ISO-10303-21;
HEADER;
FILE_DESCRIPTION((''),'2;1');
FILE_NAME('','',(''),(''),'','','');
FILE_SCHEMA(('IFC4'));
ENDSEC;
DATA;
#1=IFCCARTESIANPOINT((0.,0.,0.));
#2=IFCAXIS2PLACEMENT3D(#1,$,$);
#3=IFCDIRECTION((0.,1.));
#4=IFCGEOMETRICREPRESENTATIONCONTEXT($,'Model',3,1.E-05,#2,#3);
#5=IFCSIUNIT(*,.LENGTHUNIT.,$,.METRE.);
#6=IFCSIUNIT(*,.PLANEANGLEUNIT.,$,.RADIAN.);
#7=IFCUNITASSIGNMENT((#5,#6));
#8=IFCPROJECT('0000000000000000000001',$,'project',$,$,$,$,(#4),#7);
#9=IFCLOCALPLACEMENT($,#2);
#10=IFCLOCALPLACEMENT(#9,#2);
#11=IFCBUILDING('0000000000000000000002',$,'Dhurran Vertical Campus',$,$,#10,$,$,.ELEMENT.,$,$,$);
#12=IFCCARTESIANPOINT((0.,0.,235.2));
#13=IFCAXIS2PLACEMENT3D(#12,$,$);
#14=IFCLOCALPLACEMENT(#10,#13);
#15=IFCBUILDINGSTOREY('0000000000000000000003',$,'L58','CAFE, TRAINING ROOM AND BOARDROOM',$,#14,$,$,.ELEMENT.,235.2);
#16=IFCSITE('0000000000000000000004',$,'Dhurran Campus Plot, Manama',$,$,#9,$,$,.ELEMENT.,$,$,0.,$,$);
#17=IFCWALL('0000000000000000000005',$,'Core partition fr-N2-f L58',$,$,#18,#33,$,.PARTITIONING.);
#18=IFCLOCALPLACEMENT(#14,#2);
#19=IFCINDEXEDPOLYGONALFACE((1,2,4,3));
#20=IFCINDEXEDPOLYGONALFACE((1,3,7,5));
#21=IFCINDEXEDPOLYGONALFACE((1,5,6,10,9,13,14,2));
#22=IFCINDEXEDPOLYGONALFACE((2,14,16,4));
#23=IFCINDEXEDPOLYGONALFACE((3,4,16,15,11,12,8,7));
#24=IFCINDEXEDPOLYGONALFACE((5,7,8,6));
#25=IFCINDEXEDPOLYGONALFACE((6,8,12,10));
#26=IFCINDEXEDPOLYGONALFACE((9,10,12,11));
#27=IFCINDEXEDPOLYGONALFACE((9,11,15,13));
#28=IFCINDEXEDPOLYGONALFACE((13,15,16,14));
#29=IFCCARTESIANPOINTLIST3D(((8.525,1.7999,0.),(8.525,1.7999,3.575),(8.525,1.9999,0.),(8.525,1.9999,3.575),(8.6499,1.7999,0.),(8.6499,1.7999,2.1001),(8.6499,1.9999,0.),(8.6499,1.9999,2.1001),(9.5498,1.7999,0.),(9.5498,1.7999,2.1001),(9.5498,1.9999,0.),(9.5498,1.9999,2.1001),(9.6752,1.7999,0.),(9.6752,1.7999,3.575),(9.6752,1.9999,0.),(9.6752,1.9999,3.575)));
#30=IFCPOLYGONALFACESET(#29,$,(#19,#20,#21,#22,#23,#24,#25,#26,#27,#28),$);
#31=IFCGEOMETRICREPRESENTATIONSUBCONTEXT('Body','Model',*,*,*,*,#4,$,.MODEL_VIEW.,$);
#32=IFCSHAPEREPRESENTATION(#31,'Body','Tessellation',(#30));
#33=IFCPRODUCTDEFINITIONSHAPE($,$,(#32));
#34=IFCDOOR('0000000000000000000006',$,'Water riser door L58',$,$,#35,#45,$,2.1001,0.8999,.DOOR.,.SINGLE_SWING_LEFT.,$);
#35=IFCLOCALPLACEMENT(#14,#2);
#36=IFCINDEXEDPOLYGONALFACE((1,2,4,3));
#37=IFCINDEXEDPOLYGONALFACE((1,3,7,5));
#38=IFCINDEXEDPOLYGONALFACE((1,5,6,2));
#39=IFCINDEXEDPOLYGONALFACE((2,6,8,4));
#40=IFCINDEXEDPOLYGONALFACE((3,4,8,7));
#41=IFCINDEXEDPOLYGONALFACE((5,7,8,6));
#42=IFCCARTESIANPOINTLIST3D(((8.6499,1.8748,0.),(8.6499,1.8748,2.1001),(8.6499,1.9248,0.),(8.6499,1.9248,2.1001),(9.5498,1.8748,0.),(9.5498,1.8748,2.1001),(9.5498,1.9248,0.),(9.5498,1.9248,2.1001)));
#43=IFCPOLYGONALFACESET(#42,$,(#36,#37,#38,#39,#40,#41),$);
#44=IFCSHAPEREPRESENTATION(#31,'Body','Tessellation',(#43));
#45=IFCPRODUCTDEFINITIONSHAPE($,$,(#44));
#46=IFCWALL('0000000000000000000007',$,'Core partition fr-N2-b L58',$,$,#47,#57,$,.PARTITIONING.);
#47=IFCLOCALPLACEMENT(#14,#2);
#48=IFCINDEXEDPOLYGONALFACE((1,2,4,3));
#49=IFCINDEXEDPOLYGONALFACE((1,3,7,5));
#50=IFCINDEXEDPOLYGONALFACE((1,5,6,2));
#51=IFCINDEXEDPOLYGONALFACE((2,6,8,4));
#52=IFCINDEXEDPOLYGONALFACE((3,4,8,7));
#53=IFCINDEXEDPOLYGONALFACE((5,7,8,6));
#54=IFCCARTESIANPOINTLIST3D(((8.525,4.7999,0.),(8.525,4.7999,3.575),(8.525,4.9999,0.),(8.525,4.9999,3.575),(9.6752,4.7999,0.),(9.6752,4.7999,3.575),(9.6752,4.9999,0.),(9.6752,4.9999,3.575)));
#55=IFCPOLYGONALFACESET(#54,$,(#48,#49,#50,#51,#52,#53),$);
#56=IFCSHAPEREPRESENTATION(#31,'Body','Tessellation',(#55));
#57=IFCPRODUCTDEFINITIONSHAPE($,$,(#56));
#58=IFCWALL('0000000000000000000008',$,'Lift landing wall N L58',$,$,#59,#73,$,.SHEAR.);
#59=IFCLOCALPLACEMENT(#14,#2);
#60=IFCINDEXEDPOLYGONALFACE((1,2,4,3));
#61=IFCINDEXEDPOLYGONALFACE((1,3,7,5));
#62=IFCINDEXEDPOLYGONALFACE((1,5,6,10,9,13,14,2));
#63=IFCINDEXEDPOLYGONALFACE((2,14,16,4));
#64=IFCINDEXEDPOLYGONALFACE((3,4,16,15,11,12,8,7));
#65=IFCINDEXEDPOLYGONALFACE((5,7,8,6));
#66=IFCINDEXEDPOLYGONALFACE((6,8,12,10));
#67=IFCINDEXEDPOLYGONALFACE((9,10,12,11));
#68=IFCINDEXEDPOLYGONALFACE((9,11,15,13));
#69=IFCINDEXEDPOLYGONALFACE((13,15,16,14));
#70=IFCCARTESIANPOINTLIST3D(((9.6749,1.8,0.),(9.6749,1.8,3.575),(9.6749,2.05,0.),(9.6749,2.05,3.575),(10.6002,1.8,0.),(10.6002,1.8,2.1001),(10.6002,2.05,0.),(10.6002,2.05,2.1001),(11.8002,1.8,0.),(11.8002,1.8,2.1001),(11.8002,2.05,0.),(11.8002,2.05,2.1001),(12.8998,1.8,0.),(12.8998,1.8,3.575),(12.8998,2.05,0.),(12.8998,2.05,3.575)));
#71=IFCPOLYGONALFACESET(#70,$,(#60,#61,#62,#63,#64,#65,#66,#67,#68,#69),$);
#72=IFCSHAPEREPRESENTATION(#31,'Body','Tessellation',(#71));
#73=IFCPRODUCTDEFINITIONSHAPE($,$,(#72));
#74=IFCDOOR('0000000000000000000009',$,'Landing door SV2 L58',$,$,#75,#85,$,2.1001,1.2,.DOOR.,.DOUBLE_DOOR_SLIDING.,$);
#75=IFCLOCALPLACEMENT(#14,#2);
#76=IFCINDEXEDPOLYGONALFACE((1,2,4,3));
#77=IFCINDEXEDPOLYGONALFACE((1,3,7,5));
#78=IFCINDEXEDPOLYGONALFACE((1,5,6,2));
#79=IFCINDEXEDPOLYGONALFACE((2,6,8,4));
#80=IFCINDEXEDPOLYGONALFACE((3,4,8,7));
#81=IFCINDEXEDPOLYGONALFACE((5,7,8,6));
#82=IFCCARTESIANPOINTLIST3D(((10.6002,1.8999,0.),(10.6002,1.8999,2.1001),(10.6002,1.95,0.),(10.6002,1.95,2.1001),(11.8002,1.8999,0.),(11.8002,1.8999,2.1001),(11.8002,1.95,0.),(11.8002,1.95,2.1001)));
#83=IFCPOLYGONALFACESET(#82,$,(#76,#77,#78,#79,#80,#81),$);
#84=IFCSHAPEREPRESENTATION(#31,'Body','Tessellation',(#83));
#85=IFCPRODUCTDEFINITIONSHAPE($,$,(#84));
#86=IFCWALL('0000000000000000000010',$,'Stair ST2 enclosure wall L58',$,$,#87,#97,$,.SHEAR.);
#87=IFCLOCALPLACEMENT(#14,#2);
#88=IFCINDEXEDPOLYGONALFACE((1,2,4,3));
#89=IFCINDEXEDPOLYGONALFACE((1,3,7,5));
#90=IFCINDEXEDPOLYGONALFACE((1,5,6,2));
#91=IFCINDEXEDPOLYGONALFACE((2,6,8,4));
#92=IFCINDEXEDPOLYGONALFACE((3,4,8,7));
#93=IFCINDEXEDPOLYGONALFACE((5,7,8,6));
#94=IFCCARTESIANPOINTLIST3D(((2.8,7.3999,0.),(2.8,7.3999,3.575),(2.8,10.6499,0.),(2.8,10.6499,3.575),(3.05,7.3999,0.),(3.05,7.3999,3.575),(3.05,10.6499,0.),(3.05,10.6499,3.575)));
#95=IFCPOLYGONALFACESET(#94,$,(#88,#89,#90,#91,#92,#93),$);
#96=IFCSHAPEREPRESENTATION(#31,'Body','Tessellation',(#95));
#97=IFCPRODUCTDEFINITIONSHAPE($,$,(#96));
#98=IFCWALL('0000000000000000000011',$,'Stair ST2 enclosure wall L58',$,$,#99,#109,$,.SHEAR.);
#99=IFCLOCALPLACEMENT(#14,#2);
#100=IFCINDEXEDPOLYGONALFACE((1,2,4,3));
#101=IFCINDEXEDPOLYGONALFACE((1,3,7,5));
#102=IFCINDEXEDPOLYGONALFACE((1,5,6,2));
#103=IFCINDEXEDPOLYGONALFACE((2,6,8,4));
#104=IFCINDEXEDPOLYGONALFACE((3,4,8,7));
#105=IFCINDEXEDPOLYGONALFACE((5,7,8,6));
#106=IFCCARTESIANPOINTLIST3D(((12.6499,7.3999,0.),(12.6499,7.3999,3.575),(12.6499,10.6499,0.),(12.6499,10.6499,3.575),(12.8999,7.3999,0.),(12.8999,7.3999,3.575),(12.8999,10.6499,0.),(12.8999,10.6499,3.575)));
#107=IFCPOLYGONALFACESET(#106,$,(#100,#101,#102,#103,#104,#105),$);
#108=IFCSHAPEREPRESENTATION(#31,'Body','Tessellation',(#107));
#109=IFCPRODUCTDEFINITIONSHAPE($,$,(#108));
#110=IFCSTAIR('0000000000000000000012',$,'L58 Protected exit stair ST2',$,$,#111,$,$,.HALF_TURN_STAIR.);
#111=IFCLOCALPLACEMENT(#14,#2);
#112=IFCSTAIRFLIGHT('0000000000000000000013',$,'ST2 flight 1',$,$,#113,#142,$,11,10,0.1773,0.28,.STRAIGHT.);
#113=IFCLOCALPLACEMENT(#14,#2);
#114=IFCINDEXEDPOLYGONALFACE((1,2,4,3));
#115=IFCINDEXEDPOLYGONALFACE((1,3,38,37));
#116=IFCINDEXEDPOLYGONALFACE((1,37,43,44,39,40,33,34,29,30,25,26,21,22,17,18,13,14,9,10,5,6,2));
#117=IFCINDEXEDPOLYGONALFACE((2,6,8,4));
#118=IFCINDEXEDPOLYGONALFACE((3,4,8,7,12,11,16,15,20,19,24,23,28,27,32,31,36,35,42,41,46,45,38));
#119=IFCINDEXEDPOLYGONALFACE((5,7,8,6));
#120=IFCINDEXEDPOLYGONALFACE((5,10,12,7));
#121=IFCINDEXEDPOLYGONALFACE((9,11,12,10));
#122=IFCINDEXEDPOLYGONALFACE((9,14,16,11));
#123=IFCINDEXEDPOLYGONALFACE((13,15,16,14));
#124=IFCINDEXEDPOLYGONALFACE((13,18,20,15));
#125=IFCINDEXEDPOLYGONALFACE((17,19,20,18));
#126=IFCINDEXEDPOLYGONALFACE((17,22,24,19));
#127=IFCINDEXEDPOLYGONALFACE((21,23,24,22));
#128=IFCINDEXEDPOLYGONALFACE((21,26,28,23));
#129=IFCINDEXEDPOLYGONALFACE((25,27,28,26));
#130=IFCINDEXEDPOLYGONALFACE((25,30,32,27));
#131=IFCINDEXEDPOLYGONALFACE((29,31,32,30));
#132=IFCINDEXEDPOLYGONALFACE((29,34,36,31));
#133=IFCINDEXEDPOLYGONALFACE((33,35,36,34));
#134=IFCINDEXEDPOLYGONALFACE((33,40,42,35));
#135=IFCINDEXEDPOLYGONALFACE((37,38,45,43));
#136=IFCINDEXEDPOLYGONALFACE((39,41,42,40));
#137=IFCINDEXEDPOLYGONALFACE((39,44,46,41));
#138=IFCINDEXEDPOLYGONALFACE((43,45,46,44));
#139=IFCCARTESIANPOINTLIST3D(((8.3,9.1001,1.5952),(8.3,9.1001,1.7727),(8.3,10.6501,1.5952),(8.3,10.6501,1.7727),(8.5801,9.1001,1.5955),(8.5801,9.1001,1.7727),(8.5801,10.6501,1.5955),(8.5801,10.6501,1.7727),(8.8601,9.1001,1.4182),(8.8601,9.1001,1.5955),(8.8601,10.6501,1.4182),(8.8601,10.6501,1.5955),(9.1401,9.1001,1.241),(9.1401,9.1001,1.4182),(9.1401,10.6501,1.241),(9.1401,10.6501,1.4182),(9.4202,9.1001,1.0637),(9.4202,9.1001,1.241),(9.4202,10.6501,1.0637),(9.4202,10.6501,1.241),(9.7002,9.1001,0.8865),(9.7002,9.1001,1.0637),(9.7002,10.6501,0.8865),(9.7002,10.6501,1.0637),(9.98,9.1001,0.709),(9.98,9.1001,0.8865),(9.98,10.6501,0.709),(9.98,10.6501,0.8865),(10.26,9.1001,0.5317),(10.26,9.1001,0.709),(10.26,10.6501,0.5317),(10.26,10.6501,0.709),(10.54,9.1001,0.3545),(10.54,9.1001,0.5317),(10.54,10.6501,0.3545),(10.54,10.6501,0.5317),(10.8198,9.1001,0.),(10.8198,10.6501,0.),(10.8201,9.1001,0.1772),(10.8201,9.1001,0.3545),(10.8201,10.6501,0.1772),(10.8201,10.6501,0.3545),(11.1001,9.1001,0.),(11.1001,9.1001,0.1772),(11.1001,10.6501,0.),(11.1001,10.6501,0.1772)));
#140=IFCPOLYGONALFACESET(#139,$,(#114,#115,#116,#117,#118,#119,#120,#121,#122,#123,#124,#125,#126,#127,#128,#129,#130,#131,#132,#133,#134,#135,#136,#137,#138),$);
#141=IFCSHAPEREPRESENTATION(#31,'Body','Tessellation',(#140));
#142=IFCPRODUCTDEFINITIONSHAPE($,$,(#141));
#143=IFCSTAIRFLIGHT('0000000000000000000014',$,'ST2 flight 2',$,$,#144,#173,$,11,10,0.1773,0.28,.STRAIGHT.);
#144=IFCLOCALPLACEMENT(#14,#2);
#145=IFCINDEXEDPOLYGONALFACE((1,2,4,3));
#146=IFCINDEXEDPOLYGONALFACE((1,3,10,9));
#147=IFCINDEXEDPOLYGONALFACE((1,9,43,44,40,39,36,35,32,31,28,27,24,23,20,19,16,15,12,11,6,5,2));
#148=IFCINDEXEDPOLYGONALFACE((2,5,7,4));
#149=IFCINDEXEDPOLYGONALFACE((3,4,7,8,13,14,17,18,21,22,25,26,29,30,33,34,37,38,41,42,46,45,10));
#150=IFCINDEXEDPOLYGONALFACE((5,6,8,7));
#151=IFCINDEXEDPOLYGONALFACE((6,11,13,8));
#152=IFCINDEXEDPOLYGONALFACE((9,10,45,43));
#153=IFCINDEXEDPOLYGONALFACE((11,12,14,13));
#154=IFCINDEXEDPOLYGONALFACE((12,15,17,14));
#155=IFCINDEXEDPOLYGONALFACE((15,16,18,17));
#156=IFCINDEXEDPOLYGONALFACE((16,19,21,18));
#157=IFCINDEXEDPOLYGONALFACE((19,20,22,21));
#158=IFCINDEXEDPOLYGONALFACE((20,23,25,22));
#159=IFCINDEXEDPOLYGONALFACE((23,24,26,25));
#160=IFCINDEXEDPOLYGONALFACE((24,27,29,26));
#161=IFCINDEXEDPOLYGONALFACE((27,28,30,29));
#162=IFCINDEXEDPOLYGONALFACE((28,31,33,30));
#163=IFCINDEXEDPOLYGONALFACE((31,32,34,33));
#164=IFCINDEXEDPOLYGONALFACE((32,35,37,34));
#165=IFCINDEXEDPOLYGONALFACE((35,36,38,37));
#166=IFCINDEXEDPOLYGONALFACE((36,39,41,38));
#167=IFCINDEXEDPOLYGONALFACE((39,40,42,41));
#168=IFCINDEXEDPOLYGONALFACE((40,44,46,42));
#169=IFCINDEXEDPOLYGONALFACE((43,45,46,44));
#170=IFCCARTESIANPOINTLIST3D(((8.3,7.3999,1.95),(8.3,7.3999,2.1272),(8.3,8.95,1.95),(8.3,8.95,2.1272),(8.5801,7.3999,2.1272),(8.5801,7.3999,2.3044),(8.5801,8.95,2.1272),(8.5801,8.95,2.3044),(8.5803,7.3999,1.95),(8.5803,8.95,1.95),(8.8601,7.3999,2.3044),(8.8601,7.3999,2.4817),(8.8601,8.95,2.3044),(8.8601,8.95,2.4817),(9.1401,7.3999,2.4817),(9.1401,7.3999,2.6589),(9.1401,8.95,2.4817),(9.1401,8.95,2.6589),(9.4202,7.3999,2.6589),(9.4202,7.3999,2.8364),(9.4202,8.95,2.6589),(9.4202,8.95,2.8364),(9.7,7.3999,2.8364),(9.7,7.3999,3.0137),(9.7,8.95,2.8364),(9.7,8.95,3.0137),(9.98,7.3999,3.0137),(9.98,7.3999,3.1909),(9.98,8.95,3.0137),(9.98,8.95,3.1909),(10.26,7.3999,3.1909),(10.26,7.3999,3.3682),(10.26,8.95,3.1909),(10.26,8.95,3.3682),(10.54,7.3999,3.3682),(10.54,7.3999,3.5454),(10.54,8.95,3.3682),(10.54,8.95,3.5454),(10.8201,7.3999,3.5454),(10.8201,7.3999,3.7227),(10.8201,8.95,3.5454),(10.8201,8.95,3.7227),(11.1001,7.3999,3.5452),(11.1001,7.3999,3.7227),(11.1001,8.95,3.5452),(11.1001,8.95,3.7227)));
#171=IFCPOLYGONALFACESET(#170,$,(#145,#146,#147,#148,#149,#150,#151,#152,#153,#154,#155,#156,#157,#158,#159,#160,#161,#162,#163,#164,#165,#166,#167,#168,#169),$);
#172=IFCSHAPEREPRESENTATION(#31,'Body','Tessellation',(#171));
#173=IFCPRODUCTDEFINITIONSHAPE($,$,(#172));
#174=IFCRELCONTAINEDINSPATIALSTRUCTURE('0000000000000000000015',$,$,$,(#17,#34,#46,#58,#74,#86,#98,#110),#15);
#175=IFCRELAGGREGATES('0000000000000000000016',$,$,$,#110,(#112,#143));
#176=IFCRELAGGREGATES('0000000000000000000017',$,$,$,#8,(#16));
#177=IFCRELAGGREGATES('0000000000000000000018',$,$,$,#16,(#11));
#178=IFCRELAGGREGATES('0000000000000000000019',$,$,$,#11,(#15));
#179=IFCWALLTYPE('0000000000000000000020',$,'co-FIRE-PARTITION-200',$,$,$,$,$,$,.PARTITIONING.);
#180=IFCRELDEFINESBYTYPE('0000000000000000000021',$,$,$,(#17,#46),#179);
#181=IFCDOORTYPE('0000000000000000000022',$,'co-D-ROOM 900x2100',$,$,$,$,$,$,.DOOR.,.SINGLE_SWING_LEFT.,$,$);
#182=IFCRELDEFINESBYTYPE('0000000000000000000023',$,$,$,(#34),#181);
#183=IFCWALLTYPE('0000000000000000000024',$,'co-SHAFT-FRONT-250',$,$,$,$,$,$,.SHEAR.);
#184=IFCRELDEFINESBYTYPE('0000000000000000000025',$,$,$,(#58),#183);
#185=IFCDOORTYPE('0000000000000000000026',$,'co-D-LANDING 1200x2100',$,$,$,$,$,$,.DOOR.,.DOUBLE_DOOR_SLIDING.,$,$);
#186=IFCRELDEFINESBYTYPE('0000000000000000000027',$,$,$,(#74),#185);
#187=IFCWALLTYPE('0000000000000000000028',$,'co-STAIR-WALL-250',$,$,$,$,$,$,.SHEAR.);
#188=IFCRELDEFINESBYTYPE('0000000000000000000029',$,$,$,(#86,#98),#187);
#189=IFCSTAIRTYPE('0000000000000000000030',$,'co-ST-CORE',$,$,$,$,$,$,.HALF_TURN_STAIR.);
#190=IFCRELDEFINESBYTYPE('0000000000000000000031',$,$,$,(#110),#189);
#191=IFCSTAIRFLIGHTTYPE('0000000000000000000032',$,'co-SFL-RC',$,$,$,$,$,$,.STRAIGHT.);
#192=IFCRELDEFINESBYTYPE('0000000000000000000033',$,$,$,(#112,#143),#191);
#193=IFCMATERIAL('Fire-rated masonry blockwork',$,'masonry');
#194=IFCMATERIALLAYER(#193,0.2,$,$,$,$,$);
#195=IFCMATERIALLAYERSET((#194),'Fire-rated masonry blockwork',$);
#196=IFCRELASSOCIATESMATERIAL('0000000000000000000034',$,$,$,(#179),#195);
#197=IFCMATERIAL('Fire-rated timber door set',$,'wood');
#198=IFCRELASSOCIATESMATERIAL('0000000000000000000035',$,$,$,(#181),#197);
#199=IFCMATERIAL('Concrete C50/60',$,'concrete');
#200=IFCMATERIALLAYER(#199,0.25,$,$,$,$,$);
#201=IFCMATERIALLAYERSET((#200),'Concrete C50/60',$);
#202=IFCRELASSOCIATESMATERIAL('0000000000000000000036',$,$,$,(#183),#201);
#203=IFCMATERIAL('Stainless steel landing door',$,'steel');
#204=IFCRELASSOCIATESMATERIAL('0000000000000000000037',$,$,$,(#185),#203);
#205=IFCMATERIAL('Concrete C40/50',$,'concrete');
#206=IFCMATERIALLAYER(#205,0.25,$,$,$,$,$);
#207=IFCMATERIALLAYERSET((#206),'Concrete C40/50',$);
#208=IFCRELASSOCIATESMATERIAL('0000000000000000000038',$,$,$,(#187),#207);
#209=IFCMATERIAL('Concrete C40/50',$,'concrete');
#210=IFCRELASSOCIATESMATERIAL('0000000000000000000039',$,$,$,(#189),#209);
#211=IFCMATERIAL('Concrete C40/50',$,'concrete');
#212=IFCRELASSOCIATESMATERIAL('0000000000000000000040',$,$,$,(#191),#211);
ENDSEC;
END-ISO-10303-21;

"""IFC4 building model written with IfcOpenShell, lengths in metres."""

from ifc_helpers import new_model, si_unit, direction, frame, frame_2d, origin, place, context, subcontext, project, spatial, polyline, rectangle, outline, extrude, material, layer, layer_set, type_object, element, fill, aggregate, save


model = new_model("IFC4")

# Units and contexts
model_context = context("Model", 3, precision=1e-05, world=origin(), true_north=direction((0.0, 1.0)))
body_context = subcontext(model_context, "Body", "Model", "MODEL_VIEW")
ifc_project = project(units=[si_unit("LENGTHUNIT", "METRE"), si_unit("PLANEANGLEUNIT", "RADIAN")], contexts=[model_context])

# Site, building, storey
site_placement = place(None, origin())
site = spatial("IfcSite", under=ifc_project, at=site_placement, Name="Dhurran Campus Plot, Manama", CompositionType="ELEMENT", RefElevation=0.0)
building_placement = place(site_placement, origin())
building = spatial("IfcBuilding", under=site, at=building_placement, Name="Dhurran Vertical Campus", CompositionType="ELEMENT")
storey_placement = place(building_placement, frame((0.0, 0.0, 235.2)))
storey = spatial("IfcBuildingStorey", under=building, at=storey_placement, Name="L58", Description="CAFE, TRAINING ROOM AND BOARDROOM", CompositionType="ELEMENT", Elevation=235.2)

# Wall, opening, door
ifc_material_1 = material(Name="Fire-rated masonry blockwork", Category="masonry")
ifc_layer_1 = layer(ifc_material_1, 0.2)
ifc_layer_set_1 = layer_set([ifc_layer_1], Name="Fire-rated masonry blockwork")
wall_type_1 = type_object("IfcWallType", Name="co-FIRE-PARTITION-200", PredefinedType="PARTITIONING", material=ifc_layer_set_1)
wall_1_placement = place(storey_placement, frame((8.5249, 1.8999, 0.0), z_axis=(0.0, 0.0, 1.0), x_axis=(1.0, 0.0, 0.0)))
wall_1 = element("IfcWall", 1, at=wall_1_placement, inside=storey, type_object=wall_type_1, Name="Core partition fr-N2-f L58", PredefinedType="PARTITIONING", context=body_context, shape_type="SweptSolid", body=[
    extrude(rectangle(XDim=1.1501, YDim=0.2, at=frame_2d((0.5752, 0.0))), origin(), (0.0, 0.0, 1.0), 3.575),
])
opening_1_placement = place(wall_1_placement, frame((0.125, 0.0, 0.0)))
opening_1 = element("IfcOpeningElement", 2, at=opening_1_placement, cuts=wall_1, PredefinedType="OPENING", context=body_context, shape_type="SweptSolid", body=[
    extrude(rectangle(XDim=0.8999, YDim=2.1001, at=frame_2d((0.45, 1.05))), frame((0.0, 0.1099, 0.0), z_axis=(0.0, -1.0, 0.0), x_axis=(1.0, 0.0, 0.0)), (0.0, 0.0, 1.0), 0.22),
])
ifc_material_2 = material(Name="Fire-rated timber door set", Category="wood")
door_type_1 = type_object("IfcDoorType", Name="co-D-ROOM 900x2100", OperationType="SINGLE_SWING_LEFT", PredefinedType="DOOR", material=ifc_material_2)
door_1_placement = place(opening_1_placement, origin())
door_1 = element("IfcDoor", 3, at=door_1_placement, inside=storey, type_object=door_type_1, Name="Water riser door L58", OperationType="SINGLE_SWING_LEFT", OverallHeight=2.1001, OverallWidth=0.8999, PredefinedType="DOOR", context=body_context, shape_type="SweptSolid", body=[
    extrude(rectangle(XDim=0.8999, YDim=2.1001, at=frame_2d((0.45, 1.05))), frame((0.0, 0.0249, 0.0), z_axis=(0.0, -1.0, 0.0), x_axis=(1.0, 0.0, 0.0)), (0.0, 0.0, 1.0), 0.05),
])
fill(opening_1, door_1)

# Wall
wall_2_placement = place(storey_placement, frame((8.5249, 4.8999, 0.0), z_axis=(0.0, 0.0, 1.0), x_axis=(1.0, 0.0, 0.0)))
element("IfcWall", 4, at=wall_2_placement, inside=storey, type_object=wall_type_1, Name="Core partition fr-N2-b L58", PredefinedType="PARTITIONING", context=body_context, shape_type="SweptSolid", body=[
    extrude(rectangle(XDim=1.1501, YDim=0.2, at=frame_2d((0.5752, 0.0))), origin(), (0.0, 0.0, 1.0), 3.575),
])

# Wall, opening, door
ifc_material_3 = material(Name="Concrete C50/60", Category="concrete")
ifc_layer_2 = layer(ifc_material_3, 0.25)
ifc_layer_set_2 = layer_set([ifc_layer_2], Name="Concrete C50/60")
wall_type_2 = type_object("IfcWallType", Name="co-SHAFT-FRONT-250", PredefinedType="SHEAR", material=ifc_layer_set_2)
wall_3_placement = place(storey_placement, frame((9.675, 1.925, 0.0), z_axis=(0.0, 0.0, 1.0), x_axis=(1.0, 0.0, 0.0)))
wall_3 = element("IfcWall", 5, at=wall_3_placement, inside=storey, type_object=wall_type_2, Name="Lift landing wall N L58", PredefinedType="SHEAR", context=body_context, shape_type="SweptSolid", body=[
    extrude(rectangle(XDim=3.2249, YDim=0.25, at=frame_2d((1.6123, 0.0))), origin(), (0.0, 0.0, 1.0), 3.575),
])
opening_2_placement = place(wall_3_placement, frame((0.925, 0.0, 0.0)))
opening_2 = element("IfcOpeningElement", 6, at=opening_2_placement, cuts=wall_3, PredefinedType="OPENING", context=body_context, shape_type="SweptSolid", body=[
    extrude(rectangle(XDim=1.2, YDim=2.1001, at=frame_2d((0.6001, 1.05))), frame((0.0, 0.135, 0.0), z_axis=(0.0, -1.0, 0.0), x_axis=(1.0, 0.0, 0.0)), (0.0, 0.0, 1.0), 0.27),
])
ifc_material_4 = material(Name="Stainless steel landing door", Category="steel")
door_type_2 = type_object("IfcDoorType", Name="co-D-LANDING 1200x2100", OperationType="DOUBLE_DOOR_SLIDING", PredefinedType="DOOR", material=ifc_material_4)
door_2_placement = place(opening_2_placement, origin())
door_2 = element("IfcDoor", 7, at=door_2_placement, inside=storey, type_object=door_type_2, Name="Landing door SV2 L58", OperationType="DOUBLE_DOOR_SLIDING", OverallHeight=2.1001, OverallWidth=1.2, PredefinedType="DOOR", context=body_context, shape_type="SweptSolid", body=[
    extrude(rectangle(XDim=1.2, YDim=2.1001, at=frame_2d((0.6001, 1.05))), frame((0.0, 0.0249, 0.0), z_axis=(0.0, -1.0, 0.0), x_axis=(1.0, 0.0, 0.0)), (0.0, 0.0, 1.0), 0.05),
])
fill(opening_2, door_2)

# Walls
ifc_material_5 = material(Name="Concrete C40/50", Category="concrete")
ifc_layer_3 = layer(ifc_material_5, 0.25)
ifc_layer_set_3 = layer_set([ifc_layer_3], Name="Concrete C40/50")
wall_type_3 = type_object("IfcWallType", Name="co-STAIR-WALL-250", PredefinedType="SHEAR", material=ifc_layer_set_3)
for number, where, z_axis, x_axis, name in (
    (8, (2.925, 7.3999, 0.0), (0.0, 0.0, 1.0), (0.0, 1.0, 0.0), "Stair ST2 enclosure wall L58"),
    (9, (12.7749, 7.3999, 0.0), (0.0, 0.0, 1.0), (0.0, 1.0, 0.0), "Stair ST2 enclosure wall L58"),
):
    element("IfcWall", number, at=place(storey_placement, frame(where, z_axis=z_axis, x_axis=x_axis)), inside=storey, type_object=wall_type_3, Name=name, PredefinedType="SHEAR", context=body_context, shape_type="SweptSolid", body=[
        extrude(rectangle(XDim=3.25, YDim=0.25, at=frame_2d((1.625, 0.0))), origin(), (0.0, 0.0, 1.0), 3.575),
    ])

# Stair, stair flights
ifc_material_6 = material(Name="Concrete C40/50", Category="concrete")
stair_type = type_object("IfcStairType", Name="co-ST-CORE", PredefinedType="HALF_TURN_STAIR", material=ifc_material_6)
stair_placement = place(storey_placement, origin())
stair = element("IfcStair", 10, at=stair_placement, inside=storey, type_object=stair_type, Name="L58 Protected exit stair ST2", PredefinedType="HALF_TURN_STAIR")
ifc_material_7 = material(Name="Concrete C40/50", Category="concrete")
stair_flight_type = type_object("IfcStairFlightType", Name="co-SFL-RC", PredefinedType="STRAIGHT", material=ifc_material_7)
stair_flight_1_placement = place(storey_placement, frame((11.1001, 9.875, 0.0), z_axis=(0.0, 0.0, 1.0), x_axis=(-1.0, 0.0, 0.0)))
stair_flight_1 = element("IfcStairFlight", 11, at=stair_flight_1_placement, type_object=stair_flight_type, Name="ST2 flight 1", NumberOfRisers=11, NumberOfTreads=10, PredefinedType="STRAIGHT", RiserHeight=0.1773, TreadLength=0.28, context=body_context, shape_type="SweptSolid", body=[
    extrude(outline(polyline([(0.0, 0.0), (0.0, 0.1772), (0.28, 0.1772), (0.28, 0.3545), (0.5601, 0.3545), (0.5601, 0.5317), (0.8401, 0.5317), (0.8401, 0.709), (1.1201, 0.709), (1.1201, 0.8865), (1.3999, 0.8865), (1.3999, 1.0637), (1.6799, 1.0637), (1.6799, 1.241), (1.96, 1.241), (1.96, 1.4182), (2.24, 1.4182), (2.24, 1.5955), (2.52, 1.5955), (2.52, 1.7727), (2.8, 1.7727), (2.8, 1.95), (2.8, 1.5952), (0.2803, 0.0), (0.0, 0.0)])), frame((0.0, 0.7749, 0.0), z_axis=(0.0, -1.0, 0.0), x_axis=(1.0, 0.0, 0.0)), (0.0, 0.0, 1.0), 1.55),
])
stair_flight_2_placement = place(storey_placement, frame((8.3, 8.175, 1.95), z_axis=(0.0, 0.0, 1.0), x_axis=(1.0, 0.0, 0.0)))
stair_flight_2 = element("IfcStairFlight", 12, at=stair_flight_2_placement, type_object=stair_flight_type, Name="ST2 flight 2", NumberOfRisers=11, NumberOfTreads=10, PredefinedType="STRAIGHT", RiserHeight=0.1773, TreadLength=0.28, context=body_context, shape_type="SweptSolid", body=[
    extrude(outline(polyline([(0.0, 0.0), (0.0, 0.1772), (0.28, 0.1772), (0.28, 0.3545), (0.5601, 0.3545), (0.5601, 0.5317), (0.8401, 0.5317), (0.8401, 0.709), (1.1201, 0.709), (1.1201, 0.8865), (1.3999, 0.8865), (1.3999, 1.0637), (1.6799, 1.0637), (1.6799, 1.241), (1.96, 1.241), (1.96, 1.4182), (2.24, 1.4182), (2.24, 1.5955), (2.52, 1.5955), (2.52, 1.7727), (2.8, 1.7727), (2.8, 1.95), (2.8, 1.5952), (0.2803, 0.0), (0.0, 0.0)])), frame((0.0, 0.7749, 0.0), z_axis=(0.0, -1.0, 0.0), x_axis=(1.0, 0.0, 0.0)), (0.0, 0.0, 1.0), 1.55),
])
aggregate(stair, [stair_flight_1, stair_flight_2])

save(model, "model.ifc")
